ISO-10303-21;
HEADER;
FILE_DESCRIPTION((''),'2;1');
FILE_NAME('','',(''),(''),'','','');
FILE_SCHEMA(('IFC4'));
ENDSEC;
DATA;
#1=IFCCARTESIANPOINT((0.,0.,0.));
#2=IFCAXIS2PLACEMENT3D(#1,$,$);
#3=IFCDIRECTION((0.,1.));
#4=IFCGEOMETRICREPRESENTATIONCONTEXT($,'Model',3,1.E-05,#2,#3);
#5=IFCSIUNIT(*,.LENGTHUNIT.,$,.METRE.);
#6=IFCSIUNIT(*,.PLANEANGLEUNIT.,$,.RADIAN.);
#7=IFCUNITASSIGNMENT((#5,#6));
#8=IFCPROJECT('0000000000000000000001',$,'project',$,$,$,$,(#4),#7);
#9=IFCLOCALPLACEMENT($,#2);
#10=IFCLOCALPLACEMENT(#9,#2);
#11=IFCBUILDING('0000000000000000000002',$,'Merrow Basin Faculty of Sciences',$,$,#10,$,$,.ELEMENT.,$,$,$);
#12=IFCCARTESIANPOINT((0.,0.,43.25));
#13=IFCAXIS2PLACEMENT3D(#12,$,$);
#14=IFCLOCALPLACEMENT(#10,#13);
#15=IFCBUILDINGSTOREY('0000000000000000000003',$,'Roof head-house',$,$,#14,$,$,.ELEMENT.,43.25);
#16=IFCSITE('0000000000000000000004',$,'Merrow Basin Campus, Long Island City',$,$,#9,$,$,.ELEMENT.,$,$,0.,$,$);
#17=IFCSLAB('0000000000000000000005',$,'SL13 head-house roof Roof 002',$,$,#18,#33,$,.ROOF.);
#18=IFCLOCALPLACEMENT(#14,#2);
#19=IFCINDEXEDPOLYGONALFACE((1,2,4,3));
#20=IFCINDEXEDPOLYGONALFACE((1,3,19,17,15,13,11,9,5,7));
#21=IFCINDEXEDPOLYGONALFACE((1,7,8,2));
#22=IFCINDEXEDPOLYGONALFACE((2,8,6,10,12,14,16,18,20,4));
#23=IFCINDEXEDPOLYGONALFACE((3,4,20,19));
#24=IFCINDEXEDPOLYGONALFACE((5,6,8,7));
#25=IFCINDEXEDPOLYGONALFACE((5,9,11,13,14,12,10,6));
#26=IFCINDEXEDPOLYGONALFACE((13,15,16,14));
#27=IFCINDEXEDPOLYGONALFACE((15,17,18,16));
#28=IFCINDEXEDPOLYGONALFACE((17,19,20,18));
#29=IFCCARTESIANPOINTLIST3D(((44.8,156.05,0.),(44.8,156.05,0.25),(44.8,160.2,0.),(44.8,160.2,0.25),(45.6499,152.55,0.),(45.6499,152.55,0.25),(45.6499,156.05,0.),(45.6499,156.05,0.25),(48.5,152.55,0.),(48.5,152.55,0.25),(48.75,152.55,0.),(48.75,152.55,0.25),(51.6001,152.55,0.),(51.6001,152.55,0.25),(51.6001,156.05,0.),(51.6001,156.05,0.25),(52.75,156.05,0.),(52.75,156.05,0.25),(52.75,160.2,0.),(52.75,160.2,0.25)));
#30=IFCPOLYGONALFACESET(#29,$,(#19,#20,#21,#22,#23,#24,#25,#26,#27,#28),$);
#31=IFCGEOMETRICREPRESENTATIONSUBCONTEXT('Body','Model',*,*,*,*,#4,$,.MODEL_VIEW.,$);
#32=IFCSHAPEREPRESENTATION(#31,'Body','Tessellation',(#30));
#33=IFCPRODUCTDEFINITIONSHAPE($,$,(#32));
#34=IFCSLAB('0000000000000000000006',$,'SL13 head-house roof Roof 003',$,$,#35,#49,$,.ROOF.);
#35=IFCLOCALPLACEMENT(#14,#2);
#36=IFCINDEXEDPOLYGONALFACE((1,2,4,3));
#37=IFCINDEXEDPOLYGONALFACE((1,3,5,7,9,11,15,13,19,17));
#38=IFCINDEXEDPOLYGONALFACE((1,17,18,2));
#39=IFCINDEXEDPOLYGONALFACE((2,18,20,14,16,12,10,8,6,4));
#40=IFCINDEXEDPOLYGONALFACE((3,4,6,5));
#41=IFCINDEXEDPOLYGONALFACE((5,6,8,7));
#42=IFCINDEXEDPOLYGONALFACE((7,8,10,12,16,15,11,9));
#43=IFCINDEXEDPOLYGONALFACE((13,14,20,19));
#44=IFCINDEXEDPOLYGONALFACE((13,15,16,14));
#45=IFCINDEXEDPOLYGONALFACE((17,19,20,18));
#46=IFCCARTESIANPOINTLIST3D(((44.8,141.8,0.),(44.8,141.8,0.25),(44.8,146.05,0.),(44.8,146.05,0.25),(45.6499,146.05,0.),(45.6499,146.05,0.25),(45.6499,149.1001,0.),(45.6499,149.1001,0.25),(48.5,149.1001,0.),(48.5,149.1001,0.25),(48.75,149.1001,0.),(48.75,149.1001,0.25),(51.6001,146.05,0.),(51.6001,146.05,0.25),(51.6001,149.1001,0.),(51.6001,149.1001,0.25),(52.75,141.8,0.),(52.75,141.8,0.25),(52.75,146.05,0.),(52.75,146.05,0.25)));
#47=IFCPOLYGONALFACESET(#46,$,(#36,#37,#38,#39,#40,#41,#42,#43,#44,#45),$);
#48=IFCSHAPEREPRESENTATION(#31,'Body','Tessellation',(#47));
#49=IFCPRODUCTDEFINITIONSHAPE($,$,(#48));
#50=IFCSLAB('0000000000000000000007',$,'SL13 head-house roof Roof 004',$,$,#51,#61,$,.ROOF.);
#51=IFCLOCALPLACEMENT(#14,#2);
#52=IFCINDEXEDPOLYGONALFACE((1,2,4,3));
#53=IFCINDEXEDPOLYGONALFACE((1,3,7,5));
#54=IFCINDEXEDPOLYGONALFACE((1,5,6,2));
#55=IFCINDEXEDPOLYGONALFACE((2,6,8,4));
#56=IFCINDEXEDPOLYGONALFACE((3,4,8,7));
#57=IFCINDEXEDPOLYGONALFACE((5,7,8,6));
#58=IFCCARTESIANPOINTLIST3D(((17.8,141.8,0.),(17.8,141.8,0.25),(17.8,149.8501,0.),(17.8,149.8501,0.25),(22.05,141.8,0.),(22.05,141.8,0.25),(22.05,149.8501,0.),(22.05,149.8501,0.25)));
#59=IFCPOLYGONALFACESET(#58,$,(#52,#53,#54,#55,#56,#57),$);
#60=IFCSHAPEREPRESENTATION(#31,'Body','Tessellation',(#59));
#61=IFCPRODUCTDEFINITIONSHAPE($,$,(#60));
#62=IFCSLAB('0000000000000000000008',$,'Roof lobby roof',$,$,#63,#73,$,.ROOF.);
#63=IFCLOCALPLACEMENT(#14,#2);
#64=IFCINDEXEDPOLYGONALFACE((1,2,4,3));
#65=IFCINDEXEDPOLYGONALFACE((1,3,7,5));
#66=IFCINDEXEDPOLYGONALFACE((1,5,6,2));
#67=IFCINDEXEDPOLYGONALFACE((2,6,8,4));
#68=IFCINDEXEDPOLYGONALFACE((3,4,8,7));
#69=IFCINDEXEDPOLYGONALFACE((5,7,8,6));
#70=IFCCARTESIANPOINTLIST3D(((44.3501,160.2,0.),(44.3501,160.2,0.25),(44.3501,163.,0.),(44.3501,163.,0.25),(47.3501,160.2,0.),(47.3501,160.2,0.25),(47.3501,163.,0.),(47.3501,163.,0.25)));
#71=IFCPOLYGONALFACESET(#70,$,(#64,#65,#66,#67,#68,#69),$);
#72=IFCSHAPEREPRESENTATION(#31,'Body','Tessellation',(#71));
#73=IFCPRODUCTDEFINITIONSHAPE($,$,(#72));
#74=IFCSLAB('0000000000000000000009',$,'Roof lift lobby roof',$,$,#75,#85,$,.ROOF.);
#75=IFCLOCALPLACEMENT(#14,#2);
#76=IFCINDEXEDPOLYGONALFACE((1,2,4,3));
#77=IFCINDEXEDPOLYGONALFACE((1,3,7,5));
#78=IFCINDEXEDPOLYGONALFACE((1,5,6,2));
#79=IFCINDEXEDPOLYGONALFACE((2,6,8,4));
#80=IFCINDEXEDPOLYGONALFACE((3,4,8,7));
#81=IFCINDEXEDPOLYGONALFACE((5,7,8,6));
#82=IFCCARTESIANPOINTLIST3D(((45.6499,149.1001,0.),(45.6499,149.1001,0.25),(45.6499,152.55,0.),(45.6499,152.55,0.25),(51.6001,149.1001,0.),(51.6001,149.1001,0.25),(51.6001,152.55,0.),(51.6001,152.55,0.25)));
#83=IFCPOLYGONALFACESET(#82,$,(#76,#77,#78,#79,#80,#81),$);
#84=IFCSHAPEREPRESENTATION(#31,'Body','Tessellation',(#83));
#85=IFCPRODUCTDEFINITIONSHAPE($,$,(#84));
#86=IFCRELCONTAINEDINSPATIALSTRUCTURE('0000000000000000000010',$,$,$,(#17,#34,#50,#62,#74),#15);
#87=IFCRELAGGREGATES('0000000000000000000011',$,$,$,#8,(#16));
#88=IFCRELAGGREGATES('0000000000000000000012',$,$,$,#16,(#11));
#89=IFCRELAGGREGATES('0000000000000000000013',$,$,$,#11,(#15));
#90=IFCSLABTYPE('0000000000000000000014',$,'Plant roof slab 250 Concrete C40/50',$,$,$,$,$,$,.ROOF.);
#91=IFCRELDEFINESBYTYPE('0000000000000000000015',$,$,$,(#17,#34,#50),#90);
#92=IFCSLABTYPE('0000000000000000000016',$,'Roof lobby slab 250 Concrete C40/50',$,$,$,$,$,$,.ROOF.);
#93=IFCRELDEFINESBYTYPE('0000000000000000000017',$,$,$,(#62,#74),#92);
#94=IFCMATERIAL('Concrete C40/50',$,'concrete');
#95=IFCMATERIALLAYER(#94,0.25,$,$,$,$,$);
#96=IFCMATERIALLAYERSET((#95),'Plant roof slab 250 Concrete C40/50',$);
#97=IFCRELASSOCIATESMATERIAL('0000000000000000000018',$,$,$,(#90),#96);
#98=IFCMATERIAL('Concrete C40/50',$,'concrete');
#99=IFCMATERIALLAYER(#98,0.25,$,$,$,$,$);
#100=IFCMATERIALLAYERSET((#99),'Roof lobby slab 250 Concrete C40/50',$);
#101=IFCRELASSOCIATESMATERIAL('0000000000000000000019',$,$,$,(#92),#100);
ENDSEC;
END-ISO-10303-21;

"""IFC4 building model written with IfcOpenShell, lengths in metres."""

from ifc_helpers import new_model, si_unit, direction, frame, origin, place, context, subcontext, project, spatial, polyline, outline, extrude, material, layer, layer_set, type_object, element, save


model = new_model("IFC4")

# Units and contexts
model_context = context("Model", 3, precision=1e-05, world=origin(), true_north=direction((0.0, 1.0)))
body_context = subcontext(model_context, "Body", "Model", "MODEL_VIEW")
ifc_project = project(units=[si_unit("LENGTHUNIT", "METRE"), si_unit("PLANEANGLEUNIT", "RADIAN")], contexts=[model_context])

# Site, building, storey
site_placement = place(None, origin())
site = spatial("IfcSite", under=ifc_project, at=site_placement, Name="Merrow Basin Campus, Long Island City", CompositionType="ELEMENT", RefElevation=0.0)
building_placement = place(site_placement, origin())
building = spatial("IfcBuilding", under=site, at=building_placement, Name="Merrow Basin Faculty of Sciences", CompositionType="ELEMENT")
storey_placement = place(building_placement, frame((0.0, 0.0, 43.25)))
storey = spatial("IfcBuildingStorey", under=building, at=storey_placement, Name="Roof head-house", CompositionType="ELEMENT", Elevation=43.25)

# Slabs
ifc_material_1 = material(Name="Concrete C40/50", Category="concrete")
ifc_layer_1 = layer(ifc_material_1, 0.25)
ifc_layer_set_1 = layer_set([ifc_layer_1], Name="Plant roof slab 250 Concrete C40/50")
slab_type_1 = type_object("IfcSlabType", Name="Plant roof slab 250 Concrete C40/50", PredefinedType="ROOF", material=ifc_layer_set_1)
slab_1_placement = place(storey_placement, origin())
element("IfcSlab", 1, at=slab_1_placement, inside=storey, type_object=slab_type_1, Name="SL13 head-house roof Roof 002", PredefinedType="ROOF", context=body_context, shape_type="SweptSolid", body=[
    extrude(outline(polyline([(44.8, 160.2), (52.75, 160.2), (52.75, 156.05), (51.6001, 156.05), (51.6001, 152.55), (48.75, 152.55), (48.5, 152.55), (45.6499, 152.55), (45.6499, 156.05), (44.8, 156.05), (44.8, 160.2)])), origin(), (0.0, 0.0, 1.0), 0.25),
])
slab_2_placement = place(storey_placement, origin())
element("IfcSlab", 2, at=slab_2_placement, inside=storey, type_object=slab_type_1, Name="SL13 head-house roof Roof 003", PredefinedType="ROOF", context=body_context, shape_type="SweptSolid", body=[
    extrude(outline(polyline([(44.8, 146.05), (45.6499, 146.05), (45.6499, 149.1001), (48.5, 149.1001), (48.75, 149.1001), (51.6001, 149.1001), (51.6001, 146.05), (52.75, 146.05), (52.75, 141.8), (44.8, 141.8), (44.8, 146.05)])), origin(), (0.0, 0.0, 1.0), 0.25),
])
slab_3_placement = place(storey_placement, origin())
element("IfcSlab", 3, at=slab_3_placement, inside=storey, type_object=slab_type_1, Name="SL13 head-house roof Roof 004", PredefinedType="ROOF", context=body_context, shape_type="SweptSolid", body=[
    extrude(outline(polyline([(17.8, 149.8501), (22.05, 149.8501), (22.05, 141.8), (17.8, 141.8), (17.8, 149.8501)])), origin(), (0.0, 0.0, 1.0), 0.25),
])
ifc_material_2 = material(Name="Concrete C40/50", Category="concrete")
ifc_layer_2 = layer(ifc_material_2, 0.25)
ifc_layer_set_2 = layer_set([ifc_layer_2], Name="Roof lobby slab 250 Concrete C40/50")
slab_type_2 = type_object("IfcSlabType", Name="Roof lobby slab 250 Concrete C40/50", PredefinedType="ROOF", material=ifc_layer_set_2)
slab_4_placement = place(storey_placement, origin())
element("IfcSlab", 4, at=slab_4_placement, inside=storey, type_object=slab_type_2, Name="Roof lobby roof", PredefinedType="ROOF", context=body_context, shape_type="SweptSolid", body=[
    extrude(outline(polyline([(44.3501, 160.2), (47.3501, 160.2), (47.3501, 163.0), (44.3501, 163.0), (44.3501, 160.2)])), origin(), (0.0, 0.0, 1.0), 0.25),
])
slab_5_placement = place(storey_placement, origin())
element("IfcSlab", 5, at=slab_5_placement, inside=storey, type_object=slab_type_2, Name="Roof lift lobby roof", PredefinedType="ROOF", context=body_context, shape_type="SweptSolid", body=[
    extrude(outline(polyline([(45.6499, 149.1001), (51.6001, 149.1001), (51.6001, 152.55), (45.6499, 152.55), (45.6499, 149.1001)])), origin(), (0.0, 0.0, 1.0), 0.25),
])

save(model, "model.ifc")
